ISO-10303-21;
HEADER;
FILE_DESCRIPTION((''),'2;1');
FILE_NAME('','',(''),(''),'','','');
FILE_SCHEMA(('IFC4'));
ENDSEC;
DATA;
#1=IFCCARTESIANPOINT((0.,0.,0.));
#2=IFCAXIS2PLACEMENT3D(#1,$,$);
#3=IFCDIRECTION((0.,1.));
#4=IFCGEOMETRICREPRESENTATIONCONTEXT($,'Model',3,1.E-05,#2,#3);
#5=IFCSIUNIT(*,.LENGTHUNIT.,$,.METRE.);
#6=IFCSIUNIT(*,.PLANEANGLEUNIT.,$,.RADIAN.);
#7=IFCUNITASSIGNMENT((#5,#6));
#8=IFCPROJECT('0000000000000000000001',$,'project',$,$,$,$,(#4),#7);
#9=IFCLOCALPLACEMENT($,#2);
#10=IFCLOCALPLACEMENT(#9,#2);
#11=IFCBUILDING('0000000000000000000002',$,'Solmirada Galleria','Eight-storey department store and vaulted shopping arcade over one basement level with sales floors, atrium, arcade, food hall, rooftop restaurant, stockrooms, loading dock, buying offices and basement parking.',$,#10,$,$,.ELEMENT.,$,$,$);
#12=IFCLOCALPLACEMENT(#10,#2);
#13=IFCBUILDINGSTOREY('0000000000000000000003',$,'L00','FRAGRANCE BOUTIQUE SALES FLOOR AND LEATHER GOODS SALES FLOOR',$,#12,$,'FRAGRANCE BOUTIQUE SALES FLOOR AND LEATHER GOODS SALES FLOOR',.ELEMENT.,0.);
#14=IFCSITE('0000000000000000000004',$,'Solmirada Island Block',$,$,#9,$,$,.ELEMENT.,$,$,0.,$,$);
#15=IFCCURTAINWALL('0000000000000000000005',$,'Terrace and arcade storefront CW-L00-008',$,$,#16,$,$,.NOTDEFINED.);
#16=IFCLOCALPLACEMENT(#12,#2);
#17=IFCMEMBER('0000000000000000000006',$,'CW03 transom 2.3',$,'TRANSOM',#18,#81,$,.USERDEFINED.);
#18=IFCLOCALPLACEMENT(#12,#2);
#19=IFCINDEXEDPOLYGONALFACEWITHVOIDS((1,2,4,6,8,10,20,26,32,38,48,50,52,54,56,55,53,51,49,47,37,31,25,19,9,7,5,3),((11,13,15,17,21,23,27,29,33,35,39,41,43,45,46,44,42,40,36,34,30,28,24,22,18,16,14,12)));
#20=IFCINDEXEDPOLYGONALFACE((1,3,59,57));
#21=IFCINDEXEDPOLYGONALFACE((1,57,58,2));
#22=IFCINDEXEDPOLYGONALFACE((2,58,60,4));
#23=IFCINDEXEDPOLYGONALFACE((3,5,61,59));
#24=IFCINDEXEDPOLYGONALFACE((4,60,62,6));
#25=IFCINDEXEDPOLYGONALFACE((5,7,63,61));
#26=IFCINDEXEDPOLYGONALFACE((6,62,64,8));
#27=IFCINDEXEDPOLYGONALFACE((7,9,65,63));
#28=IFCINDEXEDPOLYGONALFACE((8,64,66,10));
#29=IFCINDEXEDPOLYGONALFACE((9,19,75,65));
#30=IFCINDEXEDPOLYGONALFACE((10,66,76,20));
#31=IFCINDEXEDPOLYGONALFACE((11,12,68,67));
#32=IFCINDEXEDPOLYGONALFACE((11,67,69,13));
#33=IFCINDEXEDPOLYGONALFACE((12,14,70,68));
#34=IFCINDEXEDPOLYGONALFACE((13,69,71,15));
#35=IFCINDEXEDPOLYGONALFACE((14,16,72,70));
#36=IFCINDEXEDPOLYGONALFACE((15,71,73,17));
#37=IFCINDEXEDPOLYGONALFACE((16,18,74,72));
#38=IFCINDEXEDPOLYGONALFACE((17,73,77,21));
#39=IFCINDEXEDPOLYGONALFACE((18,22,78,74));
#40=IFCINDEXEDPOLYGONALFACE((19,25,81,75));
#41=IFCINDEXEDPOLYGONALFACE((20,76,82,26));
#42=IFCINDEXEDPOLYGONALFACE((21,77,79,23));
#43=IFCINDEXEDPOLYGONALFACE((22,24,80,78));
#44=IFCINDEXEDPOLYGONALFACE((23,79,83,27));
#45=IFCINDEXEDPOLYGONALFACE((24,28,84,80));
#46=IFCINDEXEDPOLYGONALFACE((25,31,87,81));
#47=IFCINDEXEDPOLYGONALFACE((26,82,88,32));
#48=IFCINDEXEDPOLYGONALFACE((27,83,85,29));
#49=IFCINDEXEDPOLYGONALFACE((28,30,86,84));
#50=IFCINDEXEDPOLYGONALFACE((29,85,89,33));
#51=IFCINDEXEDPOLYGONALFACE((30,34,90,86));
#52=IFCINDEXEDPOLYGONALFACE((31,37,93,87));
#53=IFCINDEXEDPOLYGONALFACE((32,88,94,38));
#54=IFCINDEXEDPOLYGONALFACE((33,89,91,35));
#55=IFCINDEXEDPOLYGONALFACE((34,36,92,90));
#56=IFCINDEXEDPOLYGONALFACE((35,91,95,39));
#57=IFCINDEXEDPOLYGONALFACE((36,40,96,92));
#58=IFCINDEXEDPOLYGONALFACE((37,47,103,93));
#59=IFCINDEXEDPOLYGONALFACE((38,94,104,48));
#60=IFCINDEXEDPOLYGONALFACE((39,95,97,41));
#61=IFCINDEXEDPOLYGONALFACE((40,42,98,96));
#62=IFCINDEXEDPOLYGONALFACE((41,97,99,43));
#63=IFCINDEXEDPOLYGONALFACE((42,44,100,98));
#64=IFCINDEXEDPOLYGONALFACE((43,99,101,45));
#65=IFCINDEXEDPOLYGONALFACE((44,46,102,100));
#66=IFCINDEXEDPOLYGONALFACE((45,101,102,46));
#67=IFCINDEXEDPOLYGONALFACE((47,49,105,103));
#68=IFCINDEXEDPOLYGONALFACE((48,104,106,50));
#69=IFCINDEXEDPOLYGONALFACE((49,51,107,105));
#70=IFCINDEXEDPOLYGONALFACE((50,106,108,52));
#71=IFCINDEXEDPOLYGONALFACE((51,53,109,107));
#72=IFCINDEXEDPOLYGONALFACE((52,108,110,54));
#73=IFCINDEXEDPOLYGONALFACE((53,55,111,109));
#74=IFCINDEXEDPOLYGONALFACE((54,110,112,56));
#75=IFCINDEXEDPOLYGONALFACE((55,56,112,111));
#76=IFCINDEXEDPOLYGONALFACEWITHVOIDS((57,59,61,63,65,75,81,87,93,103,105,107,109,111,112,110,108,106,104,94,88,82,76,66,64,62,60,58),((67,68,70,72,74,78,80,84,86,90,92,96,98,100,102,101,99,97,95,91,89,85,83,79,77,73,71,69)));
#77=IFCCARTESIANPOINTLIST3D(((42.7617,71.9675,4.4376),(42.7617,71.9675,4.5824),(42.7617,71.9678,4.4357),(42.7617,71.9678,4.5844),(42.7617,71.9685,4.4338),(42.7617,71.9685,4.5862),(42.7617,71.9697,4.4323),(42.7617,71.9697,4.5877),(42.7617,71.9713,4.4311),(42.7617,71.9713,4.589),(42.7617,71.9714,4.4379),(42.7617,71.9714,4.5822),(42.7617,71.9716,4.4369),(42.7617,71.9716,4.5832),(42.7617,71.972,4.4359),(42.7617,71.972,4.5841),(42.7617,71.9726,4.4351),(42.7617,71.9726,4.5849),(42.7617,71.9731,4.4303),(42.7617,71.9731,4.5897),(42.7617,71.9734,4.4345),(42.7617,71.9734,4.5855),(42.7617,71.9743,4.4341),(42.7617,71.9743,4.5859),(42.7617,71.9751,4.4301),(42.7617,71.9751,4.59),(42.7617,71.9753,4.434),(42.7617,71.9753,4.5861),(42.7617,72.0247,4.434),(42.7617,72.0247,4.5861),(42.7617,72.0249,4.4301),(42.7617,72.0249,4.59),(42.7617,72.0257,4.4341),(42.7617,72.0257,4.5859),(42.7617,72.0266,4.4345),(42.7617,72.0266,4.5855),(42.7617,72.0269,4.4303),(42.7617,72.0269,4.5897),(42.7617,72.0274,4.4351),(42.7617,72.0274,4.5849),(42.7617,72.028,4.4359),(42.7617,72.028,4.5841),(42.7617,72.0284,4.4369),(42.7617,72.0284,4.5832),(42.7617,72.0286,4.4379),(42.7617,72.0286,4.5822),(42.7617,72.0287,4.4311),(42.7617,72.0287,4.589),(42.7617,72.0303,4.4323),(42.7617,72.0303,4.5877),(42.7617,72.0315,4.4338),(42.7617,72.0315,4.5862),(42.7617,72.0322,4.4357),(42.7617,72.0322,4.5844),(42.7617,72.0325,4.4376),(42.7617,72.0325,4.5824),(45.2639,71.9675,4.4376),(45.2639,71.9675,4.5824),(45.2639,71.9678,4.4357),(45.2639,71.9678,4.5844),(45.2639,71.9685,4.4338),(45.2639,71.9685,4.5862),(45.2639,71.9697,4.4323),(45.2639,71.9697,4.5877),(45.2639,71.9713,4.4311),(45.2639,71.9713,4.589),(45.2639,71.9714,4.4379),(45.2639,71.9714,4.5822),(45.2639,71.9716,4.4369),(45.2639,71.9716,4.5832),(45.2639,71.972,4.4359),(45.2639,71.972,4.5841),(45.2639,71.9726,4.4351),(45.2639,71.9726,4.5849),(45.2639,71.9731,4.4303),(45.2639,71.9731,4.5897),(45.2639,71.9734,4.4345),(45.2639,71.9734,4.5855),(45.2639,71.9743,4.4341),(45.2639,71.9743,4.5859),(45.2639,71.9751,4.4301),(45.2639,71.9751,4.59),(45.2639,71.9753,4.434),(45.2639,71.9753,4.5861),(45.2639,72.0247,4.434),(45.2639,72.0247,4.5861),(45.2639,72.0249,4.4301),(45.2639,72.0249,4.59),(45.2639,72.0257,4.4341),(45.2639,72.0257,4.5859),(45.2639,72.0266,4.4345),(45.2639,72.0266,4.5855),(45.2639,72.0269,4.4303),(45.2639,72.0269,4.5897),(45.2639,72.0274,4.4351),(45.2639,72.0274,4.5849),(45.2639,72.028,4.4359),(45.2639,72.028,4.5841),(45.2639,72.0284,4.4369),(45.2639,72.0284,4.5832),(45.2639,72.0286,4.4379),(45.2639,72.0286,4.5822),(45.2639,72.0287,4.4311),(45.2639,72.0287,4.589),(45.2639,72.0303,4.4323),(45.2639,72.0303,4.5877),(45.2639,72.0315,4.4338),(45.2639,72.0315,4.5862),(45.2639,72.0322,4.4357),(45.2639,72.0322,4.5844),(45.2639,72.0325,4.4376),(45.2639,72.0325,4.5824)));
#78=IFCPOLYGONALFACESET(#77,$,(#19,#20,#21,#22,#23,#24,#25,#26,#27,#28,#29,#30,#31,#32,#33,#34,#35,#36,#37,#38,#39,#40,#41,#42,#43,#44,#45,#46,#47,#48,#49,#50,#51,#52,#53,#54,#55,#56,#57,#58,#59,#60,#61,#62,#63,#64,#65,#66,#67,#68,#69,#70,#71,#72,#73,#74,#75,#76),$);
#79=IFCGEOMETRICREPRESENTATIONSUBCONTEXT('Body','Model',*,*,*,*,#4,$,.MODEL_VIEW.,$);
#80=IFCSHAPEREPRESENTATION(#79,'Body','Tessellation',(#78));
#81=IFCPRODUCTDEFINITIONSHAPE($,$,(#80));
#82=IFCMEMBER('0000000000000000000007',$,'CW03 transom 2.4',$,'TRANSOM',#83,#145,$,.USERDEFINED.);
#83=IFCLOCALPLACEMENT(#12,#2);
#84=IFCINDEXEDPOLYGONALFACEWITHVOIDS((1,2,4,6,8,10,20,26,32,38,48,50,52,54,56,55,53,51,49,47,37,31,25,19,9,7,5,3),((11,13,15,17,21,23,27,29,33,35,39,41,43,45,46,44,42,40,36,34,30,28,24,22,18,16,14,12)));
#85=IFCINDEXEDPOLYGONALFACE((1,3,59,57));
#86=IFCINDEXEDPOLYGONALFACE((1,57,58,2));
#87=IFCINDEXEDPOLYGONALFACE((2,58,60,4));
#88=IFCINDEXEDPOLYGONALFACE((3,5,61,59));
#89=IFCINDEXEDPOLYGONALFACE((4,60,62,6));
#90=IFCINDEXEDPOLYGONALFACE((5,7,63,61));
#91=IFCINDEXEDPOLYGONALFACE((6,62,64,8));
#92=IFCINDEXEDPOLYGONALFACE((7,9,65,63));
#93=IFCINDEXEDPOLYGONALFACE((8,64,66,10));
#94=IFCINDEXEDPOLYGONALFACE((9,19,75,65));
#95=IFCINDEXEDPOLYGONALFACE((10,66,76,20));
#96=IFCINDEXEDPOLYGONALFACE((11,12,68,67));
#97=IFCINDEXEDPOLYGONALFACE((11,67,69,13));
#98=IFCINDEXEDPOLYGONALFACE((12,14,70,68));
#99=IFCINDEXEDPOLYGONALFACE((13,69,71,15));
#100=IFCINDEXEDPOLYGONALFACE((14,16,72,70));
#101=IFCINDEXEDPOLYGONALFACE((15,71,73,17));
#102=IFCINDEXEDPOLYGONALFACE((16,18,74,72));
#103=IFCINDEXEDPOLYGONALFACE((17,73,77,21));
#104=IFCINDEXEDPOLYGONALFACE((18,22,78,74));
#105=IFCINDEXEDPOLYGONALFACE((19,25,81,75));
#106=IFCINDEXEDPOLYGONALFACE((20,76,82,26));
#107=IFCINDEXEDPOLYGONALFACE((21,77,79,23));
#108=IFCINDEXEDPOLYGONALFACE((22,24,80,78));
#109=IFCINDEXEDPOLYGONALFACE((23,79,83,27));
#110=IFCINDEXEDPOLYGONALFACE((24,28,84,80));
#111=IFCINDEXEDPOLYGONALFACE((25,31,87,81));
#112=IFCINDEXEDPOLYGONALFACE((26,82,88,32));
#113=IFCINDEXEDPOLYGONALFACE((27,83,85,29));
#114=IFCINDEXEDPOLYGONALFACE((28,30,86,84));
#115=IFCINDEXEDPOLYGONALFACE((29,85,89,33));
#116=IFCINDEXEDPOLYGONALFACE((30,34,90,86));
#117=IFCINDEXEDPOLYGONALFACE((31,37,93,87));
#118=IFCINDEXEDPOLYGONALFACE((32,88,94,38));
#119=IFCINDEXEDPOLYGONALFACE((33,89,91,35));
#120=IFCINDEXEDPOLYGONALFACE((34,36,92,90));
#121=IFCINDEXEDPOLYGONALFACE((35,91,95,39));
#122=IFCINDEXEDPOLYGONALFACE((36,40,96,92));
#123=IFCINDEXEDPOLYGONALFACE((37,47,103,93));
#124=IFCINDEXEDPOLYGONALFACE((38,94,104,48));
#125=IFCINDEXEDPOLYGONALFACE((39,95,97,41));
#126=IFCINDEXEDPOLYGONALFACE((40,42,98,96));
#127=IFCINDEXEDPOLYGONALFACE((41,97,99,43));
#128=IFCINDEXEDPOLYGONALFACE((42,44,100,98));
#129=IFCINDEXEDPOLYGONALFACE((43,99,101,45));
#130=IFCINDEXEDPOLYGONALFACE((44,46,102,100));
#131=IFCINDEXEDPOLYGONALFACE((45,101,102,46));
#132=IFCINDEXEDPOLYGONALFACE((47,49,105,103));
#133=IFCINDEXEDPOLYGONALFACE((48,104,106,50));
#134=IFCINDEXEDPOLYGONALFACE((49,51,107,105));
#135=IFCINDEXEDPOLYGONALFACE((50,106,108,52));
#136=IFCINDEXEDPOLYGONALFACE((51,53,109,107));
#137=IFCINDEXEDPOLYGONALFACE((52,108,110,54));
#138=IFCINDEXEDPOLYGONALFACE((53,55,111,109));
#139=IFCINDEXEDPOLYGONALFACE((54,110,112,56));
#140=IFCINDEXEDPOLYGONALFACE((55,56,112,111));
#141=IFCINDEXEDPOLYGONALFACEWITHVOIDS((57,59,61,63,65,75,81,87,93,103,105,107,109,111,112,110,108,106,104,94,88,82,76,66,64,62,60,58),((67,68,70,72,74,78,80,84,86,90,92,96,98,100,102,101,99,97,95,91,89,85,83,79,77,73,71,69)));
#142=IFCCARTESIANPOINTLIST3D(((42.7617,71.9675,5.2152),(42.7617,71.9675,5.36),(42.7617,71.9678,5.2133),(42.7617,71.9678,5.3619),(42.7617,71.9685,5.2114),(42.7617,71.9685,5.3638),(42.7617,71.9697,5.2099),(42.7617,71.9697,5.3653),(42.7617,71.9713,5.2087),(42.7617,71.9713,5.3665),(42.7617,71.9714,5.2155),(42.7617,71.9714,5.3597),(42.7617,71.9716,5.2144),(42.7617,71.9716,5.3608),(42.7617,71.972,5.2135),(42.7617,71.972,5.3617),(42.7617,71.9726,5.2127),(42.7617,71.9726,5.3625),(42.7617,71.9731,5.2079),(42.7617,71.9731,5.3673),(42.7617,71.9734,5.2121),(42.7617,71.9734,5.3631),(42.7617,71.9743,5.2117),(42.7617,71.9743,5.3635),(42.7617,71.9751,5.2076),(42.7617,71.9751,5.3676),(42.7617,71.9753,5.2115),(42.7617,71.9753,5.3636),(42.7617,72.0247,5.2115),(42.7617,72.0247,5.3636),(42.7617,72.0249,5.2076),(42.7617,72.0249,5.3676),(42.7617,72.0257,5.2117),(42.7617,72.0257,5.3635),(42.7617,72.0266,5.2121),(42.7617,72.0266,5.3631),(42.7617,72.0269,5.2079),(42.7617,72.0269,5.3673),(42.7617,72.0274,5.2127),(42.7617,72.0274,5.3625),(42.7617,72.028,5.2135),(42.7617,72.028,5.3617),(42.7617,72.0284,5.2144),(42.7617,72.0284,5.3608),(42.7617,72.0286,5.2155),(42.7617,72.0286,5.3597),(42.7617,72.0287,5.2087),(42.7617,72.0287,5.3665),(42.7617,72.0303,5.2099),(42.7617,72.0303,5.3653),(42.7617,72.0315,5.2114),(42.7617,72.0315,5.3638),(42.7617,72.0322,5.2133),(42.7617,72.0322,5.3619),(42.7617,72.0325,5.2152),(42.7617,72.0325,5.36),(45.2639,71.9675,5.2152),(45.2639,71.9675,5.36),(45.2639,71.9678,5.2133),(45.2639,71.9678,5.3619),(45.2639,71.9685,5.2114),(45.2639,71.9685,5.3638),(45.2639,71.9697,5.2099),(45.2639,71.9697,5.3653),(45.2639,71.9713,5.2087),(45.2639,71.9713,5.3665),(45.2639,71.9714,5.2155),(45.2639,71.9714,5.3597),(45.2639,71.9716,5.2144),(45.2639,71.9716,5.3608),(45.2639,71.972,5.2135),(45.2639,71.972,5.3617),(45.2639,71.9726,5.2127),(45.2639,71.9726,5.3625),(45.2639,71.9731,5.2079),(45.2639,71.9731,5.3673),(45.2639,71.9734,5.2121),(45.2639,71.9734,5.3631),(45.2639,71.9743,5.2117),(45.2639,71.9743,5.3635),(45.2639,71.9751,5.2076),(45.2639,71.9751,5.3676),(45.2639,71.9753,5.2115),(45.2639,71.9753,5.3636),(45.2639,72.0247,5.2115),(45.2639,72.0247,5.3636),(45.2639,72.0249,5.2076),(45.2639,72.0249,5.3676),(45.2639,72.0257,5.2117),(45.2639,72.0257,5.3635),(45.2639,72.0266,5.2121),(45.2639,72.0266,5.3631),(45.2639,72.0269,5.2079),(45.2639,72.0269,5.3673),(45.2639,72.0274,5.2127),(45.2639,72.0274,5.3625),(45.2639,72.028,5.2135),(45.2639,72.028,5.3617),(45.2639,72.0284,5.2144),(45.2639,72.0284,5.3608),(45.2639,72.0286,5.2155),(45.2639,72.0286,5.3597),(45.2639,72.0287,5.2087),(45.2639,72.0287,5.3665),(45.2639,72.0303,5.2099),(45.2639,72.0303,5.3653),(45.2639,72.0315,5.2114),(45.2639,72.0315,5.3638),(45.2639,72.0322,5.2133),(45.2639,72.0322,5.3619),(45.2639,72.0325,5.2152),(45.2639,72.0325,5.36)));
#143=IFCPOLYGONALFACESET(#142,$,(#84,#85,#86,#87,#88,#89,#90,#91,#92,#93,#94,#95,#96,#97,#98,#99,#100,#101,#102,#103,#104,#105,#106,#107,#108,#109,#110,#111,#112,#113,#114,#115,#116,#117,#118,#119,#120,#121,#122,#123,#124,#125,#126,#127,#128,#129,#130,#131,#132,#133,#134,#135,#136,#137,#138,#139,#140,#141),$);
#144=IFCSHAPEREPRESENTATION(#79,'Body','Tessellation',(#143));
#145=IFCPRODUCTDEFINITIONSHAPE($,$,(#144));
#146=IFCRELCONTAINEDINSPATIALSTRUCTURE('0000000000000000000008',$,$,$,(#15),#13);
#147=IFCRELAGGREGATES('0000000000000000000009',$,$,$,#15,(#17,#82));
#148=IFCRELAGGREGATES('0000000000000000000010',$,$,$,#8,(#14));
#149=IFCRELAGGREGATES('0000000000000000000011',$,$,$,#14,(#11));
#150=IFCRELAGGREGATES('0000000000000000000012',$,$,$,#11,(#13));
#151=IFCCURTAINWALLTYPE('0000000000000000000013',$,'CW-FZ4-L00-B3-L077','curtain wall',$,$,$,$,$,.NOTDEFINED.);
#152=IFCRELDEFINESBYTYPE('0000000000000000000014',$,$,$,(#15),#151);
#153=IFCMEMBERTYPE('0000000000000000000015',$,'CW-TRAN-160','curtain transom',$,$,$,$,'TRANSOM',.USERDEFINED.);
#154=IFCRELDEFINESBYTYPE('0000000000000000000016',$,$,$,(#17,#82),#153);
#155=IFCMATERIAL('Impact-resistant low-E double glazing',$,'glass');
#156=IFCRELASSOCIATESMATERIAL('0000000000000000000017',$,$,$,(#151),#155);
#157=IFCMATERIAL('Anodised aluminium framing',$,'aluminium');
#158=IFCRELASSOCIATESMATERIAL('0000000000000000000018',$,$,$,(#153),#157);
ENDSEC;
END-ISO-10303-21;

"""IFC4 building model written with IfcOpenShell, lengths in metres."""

from ifc_helpers import new_model, si_unit, direction, frame, origin, origin_2d, place, context, subcontext, project, spatial, hollow_rectangle, extrude, material, material_profile, profile_set, type_object, element, aggregate, save


model = new_model("IFC4")

# Units and contexts
model_context = context("Model", 3, precision=1e-05, world=origin(), true_north=direction((0.0, 1.0)))
body_context = subcontext(model_context, "Body", "Model", "MODEL_VIEW")
ifc_project = project(units=[si_unit("LENGTHUNIT", "METRE"), si_unit("PLANEANGLEUNIT", "RADIAN")], contexts=[model_context])

# Site, building, storey
site_placement = place(None, origin())
site = spatial("IfcSite", under=ifc_project, at=site_placement, Name="Solmirada Island Block", CompositionType="ELEMENT", RefElevation=0.0)
building_placement = place(site_placement, origin())
building = spatial("IfcBuilding", under=site, at=building_placement, Name="Solmirada Galleria", Description="Eight-storey department store and vaulted shopping arcade over one basement level with sales floors, atrium, arcade, food hall, rooftop restaurant, stockrooms, loading dock, buying offices and basement parking.", CompositionType="ELEMENT")
storey_placement = place(building_placement, origin())
storey = spatial("IfcBuildingStorey", under=building, at=storey_placement, Name="L00", Description="FRAGRANCE BOUTIQUE SALES FLOOR AND LEATHER GOODS SALES FLOOR", LongName="FRAGRANCE BOUTIQUE SALES FLOOR AND LEATHER GOODS SALES FLOOR", CompositionType="ELEMENT", Elevation=0.0)

# Shared definitions
ifc_material_1 = material(Name="Impact-resistant low-E double glazing", Category="glass")
curtain_wall_type_1 = type_object("IfcCurtainWallType", Name="CW-FZ4-L00-B3-L077", Description="curtain wall", PredefinedType="NOTDEFINED", material=ifc_material_1)
ifc_material_2 = material(Name="Anodised aluminium framing", Category="aluminium")

# Curtain wall
curtain_wall_1_placement = place(storey_placement, origin())
curtain_wall_1 = element("IfcCurtainWall", 1, at=curtain_wall_1_placement, inside=storey, type_object=curtain_wall_type_1, Name="Terrace and arcade storefront CW-L00-008", PredefinedType="NOTDEFINED")

# Members
ifc_material_profile_1 = material_profile(ifc_material_2, hollow_rectangle(XDim=0.0649, YDim=0.1599, WallThickness=0.0039, InnerFilletRadius=0.0039, OuterFilletRadius=0.0076, at=origin_2d()), Name="ALU-TRAN-160X65")
ifc_profile_set_1 = profile_set([ifc_material_profile_1], Name="Anodised aluminium framing")
member_type_1 = type_object("IfcMemberType", Name="CW-TRAN-160", Description="curtain transom", ElementType="TRANSOM", PredefinedType="USERDEFINED", material=ifc_profile_set_1)
member_1_placement = place(storey_placement, frame((45.2639, 72.0, 4.51), z_axis=(-1.0, 0.0, 0.0), x_axis=(0.0, -1.0, 0.0)))
member_1 = element("IfcMember", 2, at=member_1_placement, type_object=member_type_1, Name="CW03 transom 2.3", ObjectType="TRANSOM", PredefinedType="USERDEFINED", context=body_context, shape_type="SweptSolid", body=[
    extrude(hollow_rectangle(XDim=0.0649, YDim=0.1599, WallThickness=0.0039, InnerFilletRadius=0.0039, OuterFilletRadius=0.0076, at=origin_2d()), origin(), (0.0, 0.0, 1.0), 2.5022),
])
member_2_placement = place(storey_placement, frame((45.2639, 72.0, 5.2876), z_axis=(-1.0, 0.0, 0.0), x_axis=(0.0, -1.0, 0.0)))
member_2 = element("IfcMember", 3, at=member_2_placement, type_object=member_type_1, Name="CW03 transom 2.4", ObjectType="TRANSOM", PredefinedType="USERDEFINED", context=body_context, shape_type="SweptSolid", body=[
    extrude(hollow_rectangle(XDim=0.0649, YDim=0.1599, WallThickness=0.0039, InnerFilletRadius=0.0039, OuterFilletRadius=0.0076, at=origin_2d()), origin(), (0.0, 0.0, 1.0), 2.5022),
])

aggregate(curtain_wall_1, [member_1, member_2])

save(model, "model.ifc")
